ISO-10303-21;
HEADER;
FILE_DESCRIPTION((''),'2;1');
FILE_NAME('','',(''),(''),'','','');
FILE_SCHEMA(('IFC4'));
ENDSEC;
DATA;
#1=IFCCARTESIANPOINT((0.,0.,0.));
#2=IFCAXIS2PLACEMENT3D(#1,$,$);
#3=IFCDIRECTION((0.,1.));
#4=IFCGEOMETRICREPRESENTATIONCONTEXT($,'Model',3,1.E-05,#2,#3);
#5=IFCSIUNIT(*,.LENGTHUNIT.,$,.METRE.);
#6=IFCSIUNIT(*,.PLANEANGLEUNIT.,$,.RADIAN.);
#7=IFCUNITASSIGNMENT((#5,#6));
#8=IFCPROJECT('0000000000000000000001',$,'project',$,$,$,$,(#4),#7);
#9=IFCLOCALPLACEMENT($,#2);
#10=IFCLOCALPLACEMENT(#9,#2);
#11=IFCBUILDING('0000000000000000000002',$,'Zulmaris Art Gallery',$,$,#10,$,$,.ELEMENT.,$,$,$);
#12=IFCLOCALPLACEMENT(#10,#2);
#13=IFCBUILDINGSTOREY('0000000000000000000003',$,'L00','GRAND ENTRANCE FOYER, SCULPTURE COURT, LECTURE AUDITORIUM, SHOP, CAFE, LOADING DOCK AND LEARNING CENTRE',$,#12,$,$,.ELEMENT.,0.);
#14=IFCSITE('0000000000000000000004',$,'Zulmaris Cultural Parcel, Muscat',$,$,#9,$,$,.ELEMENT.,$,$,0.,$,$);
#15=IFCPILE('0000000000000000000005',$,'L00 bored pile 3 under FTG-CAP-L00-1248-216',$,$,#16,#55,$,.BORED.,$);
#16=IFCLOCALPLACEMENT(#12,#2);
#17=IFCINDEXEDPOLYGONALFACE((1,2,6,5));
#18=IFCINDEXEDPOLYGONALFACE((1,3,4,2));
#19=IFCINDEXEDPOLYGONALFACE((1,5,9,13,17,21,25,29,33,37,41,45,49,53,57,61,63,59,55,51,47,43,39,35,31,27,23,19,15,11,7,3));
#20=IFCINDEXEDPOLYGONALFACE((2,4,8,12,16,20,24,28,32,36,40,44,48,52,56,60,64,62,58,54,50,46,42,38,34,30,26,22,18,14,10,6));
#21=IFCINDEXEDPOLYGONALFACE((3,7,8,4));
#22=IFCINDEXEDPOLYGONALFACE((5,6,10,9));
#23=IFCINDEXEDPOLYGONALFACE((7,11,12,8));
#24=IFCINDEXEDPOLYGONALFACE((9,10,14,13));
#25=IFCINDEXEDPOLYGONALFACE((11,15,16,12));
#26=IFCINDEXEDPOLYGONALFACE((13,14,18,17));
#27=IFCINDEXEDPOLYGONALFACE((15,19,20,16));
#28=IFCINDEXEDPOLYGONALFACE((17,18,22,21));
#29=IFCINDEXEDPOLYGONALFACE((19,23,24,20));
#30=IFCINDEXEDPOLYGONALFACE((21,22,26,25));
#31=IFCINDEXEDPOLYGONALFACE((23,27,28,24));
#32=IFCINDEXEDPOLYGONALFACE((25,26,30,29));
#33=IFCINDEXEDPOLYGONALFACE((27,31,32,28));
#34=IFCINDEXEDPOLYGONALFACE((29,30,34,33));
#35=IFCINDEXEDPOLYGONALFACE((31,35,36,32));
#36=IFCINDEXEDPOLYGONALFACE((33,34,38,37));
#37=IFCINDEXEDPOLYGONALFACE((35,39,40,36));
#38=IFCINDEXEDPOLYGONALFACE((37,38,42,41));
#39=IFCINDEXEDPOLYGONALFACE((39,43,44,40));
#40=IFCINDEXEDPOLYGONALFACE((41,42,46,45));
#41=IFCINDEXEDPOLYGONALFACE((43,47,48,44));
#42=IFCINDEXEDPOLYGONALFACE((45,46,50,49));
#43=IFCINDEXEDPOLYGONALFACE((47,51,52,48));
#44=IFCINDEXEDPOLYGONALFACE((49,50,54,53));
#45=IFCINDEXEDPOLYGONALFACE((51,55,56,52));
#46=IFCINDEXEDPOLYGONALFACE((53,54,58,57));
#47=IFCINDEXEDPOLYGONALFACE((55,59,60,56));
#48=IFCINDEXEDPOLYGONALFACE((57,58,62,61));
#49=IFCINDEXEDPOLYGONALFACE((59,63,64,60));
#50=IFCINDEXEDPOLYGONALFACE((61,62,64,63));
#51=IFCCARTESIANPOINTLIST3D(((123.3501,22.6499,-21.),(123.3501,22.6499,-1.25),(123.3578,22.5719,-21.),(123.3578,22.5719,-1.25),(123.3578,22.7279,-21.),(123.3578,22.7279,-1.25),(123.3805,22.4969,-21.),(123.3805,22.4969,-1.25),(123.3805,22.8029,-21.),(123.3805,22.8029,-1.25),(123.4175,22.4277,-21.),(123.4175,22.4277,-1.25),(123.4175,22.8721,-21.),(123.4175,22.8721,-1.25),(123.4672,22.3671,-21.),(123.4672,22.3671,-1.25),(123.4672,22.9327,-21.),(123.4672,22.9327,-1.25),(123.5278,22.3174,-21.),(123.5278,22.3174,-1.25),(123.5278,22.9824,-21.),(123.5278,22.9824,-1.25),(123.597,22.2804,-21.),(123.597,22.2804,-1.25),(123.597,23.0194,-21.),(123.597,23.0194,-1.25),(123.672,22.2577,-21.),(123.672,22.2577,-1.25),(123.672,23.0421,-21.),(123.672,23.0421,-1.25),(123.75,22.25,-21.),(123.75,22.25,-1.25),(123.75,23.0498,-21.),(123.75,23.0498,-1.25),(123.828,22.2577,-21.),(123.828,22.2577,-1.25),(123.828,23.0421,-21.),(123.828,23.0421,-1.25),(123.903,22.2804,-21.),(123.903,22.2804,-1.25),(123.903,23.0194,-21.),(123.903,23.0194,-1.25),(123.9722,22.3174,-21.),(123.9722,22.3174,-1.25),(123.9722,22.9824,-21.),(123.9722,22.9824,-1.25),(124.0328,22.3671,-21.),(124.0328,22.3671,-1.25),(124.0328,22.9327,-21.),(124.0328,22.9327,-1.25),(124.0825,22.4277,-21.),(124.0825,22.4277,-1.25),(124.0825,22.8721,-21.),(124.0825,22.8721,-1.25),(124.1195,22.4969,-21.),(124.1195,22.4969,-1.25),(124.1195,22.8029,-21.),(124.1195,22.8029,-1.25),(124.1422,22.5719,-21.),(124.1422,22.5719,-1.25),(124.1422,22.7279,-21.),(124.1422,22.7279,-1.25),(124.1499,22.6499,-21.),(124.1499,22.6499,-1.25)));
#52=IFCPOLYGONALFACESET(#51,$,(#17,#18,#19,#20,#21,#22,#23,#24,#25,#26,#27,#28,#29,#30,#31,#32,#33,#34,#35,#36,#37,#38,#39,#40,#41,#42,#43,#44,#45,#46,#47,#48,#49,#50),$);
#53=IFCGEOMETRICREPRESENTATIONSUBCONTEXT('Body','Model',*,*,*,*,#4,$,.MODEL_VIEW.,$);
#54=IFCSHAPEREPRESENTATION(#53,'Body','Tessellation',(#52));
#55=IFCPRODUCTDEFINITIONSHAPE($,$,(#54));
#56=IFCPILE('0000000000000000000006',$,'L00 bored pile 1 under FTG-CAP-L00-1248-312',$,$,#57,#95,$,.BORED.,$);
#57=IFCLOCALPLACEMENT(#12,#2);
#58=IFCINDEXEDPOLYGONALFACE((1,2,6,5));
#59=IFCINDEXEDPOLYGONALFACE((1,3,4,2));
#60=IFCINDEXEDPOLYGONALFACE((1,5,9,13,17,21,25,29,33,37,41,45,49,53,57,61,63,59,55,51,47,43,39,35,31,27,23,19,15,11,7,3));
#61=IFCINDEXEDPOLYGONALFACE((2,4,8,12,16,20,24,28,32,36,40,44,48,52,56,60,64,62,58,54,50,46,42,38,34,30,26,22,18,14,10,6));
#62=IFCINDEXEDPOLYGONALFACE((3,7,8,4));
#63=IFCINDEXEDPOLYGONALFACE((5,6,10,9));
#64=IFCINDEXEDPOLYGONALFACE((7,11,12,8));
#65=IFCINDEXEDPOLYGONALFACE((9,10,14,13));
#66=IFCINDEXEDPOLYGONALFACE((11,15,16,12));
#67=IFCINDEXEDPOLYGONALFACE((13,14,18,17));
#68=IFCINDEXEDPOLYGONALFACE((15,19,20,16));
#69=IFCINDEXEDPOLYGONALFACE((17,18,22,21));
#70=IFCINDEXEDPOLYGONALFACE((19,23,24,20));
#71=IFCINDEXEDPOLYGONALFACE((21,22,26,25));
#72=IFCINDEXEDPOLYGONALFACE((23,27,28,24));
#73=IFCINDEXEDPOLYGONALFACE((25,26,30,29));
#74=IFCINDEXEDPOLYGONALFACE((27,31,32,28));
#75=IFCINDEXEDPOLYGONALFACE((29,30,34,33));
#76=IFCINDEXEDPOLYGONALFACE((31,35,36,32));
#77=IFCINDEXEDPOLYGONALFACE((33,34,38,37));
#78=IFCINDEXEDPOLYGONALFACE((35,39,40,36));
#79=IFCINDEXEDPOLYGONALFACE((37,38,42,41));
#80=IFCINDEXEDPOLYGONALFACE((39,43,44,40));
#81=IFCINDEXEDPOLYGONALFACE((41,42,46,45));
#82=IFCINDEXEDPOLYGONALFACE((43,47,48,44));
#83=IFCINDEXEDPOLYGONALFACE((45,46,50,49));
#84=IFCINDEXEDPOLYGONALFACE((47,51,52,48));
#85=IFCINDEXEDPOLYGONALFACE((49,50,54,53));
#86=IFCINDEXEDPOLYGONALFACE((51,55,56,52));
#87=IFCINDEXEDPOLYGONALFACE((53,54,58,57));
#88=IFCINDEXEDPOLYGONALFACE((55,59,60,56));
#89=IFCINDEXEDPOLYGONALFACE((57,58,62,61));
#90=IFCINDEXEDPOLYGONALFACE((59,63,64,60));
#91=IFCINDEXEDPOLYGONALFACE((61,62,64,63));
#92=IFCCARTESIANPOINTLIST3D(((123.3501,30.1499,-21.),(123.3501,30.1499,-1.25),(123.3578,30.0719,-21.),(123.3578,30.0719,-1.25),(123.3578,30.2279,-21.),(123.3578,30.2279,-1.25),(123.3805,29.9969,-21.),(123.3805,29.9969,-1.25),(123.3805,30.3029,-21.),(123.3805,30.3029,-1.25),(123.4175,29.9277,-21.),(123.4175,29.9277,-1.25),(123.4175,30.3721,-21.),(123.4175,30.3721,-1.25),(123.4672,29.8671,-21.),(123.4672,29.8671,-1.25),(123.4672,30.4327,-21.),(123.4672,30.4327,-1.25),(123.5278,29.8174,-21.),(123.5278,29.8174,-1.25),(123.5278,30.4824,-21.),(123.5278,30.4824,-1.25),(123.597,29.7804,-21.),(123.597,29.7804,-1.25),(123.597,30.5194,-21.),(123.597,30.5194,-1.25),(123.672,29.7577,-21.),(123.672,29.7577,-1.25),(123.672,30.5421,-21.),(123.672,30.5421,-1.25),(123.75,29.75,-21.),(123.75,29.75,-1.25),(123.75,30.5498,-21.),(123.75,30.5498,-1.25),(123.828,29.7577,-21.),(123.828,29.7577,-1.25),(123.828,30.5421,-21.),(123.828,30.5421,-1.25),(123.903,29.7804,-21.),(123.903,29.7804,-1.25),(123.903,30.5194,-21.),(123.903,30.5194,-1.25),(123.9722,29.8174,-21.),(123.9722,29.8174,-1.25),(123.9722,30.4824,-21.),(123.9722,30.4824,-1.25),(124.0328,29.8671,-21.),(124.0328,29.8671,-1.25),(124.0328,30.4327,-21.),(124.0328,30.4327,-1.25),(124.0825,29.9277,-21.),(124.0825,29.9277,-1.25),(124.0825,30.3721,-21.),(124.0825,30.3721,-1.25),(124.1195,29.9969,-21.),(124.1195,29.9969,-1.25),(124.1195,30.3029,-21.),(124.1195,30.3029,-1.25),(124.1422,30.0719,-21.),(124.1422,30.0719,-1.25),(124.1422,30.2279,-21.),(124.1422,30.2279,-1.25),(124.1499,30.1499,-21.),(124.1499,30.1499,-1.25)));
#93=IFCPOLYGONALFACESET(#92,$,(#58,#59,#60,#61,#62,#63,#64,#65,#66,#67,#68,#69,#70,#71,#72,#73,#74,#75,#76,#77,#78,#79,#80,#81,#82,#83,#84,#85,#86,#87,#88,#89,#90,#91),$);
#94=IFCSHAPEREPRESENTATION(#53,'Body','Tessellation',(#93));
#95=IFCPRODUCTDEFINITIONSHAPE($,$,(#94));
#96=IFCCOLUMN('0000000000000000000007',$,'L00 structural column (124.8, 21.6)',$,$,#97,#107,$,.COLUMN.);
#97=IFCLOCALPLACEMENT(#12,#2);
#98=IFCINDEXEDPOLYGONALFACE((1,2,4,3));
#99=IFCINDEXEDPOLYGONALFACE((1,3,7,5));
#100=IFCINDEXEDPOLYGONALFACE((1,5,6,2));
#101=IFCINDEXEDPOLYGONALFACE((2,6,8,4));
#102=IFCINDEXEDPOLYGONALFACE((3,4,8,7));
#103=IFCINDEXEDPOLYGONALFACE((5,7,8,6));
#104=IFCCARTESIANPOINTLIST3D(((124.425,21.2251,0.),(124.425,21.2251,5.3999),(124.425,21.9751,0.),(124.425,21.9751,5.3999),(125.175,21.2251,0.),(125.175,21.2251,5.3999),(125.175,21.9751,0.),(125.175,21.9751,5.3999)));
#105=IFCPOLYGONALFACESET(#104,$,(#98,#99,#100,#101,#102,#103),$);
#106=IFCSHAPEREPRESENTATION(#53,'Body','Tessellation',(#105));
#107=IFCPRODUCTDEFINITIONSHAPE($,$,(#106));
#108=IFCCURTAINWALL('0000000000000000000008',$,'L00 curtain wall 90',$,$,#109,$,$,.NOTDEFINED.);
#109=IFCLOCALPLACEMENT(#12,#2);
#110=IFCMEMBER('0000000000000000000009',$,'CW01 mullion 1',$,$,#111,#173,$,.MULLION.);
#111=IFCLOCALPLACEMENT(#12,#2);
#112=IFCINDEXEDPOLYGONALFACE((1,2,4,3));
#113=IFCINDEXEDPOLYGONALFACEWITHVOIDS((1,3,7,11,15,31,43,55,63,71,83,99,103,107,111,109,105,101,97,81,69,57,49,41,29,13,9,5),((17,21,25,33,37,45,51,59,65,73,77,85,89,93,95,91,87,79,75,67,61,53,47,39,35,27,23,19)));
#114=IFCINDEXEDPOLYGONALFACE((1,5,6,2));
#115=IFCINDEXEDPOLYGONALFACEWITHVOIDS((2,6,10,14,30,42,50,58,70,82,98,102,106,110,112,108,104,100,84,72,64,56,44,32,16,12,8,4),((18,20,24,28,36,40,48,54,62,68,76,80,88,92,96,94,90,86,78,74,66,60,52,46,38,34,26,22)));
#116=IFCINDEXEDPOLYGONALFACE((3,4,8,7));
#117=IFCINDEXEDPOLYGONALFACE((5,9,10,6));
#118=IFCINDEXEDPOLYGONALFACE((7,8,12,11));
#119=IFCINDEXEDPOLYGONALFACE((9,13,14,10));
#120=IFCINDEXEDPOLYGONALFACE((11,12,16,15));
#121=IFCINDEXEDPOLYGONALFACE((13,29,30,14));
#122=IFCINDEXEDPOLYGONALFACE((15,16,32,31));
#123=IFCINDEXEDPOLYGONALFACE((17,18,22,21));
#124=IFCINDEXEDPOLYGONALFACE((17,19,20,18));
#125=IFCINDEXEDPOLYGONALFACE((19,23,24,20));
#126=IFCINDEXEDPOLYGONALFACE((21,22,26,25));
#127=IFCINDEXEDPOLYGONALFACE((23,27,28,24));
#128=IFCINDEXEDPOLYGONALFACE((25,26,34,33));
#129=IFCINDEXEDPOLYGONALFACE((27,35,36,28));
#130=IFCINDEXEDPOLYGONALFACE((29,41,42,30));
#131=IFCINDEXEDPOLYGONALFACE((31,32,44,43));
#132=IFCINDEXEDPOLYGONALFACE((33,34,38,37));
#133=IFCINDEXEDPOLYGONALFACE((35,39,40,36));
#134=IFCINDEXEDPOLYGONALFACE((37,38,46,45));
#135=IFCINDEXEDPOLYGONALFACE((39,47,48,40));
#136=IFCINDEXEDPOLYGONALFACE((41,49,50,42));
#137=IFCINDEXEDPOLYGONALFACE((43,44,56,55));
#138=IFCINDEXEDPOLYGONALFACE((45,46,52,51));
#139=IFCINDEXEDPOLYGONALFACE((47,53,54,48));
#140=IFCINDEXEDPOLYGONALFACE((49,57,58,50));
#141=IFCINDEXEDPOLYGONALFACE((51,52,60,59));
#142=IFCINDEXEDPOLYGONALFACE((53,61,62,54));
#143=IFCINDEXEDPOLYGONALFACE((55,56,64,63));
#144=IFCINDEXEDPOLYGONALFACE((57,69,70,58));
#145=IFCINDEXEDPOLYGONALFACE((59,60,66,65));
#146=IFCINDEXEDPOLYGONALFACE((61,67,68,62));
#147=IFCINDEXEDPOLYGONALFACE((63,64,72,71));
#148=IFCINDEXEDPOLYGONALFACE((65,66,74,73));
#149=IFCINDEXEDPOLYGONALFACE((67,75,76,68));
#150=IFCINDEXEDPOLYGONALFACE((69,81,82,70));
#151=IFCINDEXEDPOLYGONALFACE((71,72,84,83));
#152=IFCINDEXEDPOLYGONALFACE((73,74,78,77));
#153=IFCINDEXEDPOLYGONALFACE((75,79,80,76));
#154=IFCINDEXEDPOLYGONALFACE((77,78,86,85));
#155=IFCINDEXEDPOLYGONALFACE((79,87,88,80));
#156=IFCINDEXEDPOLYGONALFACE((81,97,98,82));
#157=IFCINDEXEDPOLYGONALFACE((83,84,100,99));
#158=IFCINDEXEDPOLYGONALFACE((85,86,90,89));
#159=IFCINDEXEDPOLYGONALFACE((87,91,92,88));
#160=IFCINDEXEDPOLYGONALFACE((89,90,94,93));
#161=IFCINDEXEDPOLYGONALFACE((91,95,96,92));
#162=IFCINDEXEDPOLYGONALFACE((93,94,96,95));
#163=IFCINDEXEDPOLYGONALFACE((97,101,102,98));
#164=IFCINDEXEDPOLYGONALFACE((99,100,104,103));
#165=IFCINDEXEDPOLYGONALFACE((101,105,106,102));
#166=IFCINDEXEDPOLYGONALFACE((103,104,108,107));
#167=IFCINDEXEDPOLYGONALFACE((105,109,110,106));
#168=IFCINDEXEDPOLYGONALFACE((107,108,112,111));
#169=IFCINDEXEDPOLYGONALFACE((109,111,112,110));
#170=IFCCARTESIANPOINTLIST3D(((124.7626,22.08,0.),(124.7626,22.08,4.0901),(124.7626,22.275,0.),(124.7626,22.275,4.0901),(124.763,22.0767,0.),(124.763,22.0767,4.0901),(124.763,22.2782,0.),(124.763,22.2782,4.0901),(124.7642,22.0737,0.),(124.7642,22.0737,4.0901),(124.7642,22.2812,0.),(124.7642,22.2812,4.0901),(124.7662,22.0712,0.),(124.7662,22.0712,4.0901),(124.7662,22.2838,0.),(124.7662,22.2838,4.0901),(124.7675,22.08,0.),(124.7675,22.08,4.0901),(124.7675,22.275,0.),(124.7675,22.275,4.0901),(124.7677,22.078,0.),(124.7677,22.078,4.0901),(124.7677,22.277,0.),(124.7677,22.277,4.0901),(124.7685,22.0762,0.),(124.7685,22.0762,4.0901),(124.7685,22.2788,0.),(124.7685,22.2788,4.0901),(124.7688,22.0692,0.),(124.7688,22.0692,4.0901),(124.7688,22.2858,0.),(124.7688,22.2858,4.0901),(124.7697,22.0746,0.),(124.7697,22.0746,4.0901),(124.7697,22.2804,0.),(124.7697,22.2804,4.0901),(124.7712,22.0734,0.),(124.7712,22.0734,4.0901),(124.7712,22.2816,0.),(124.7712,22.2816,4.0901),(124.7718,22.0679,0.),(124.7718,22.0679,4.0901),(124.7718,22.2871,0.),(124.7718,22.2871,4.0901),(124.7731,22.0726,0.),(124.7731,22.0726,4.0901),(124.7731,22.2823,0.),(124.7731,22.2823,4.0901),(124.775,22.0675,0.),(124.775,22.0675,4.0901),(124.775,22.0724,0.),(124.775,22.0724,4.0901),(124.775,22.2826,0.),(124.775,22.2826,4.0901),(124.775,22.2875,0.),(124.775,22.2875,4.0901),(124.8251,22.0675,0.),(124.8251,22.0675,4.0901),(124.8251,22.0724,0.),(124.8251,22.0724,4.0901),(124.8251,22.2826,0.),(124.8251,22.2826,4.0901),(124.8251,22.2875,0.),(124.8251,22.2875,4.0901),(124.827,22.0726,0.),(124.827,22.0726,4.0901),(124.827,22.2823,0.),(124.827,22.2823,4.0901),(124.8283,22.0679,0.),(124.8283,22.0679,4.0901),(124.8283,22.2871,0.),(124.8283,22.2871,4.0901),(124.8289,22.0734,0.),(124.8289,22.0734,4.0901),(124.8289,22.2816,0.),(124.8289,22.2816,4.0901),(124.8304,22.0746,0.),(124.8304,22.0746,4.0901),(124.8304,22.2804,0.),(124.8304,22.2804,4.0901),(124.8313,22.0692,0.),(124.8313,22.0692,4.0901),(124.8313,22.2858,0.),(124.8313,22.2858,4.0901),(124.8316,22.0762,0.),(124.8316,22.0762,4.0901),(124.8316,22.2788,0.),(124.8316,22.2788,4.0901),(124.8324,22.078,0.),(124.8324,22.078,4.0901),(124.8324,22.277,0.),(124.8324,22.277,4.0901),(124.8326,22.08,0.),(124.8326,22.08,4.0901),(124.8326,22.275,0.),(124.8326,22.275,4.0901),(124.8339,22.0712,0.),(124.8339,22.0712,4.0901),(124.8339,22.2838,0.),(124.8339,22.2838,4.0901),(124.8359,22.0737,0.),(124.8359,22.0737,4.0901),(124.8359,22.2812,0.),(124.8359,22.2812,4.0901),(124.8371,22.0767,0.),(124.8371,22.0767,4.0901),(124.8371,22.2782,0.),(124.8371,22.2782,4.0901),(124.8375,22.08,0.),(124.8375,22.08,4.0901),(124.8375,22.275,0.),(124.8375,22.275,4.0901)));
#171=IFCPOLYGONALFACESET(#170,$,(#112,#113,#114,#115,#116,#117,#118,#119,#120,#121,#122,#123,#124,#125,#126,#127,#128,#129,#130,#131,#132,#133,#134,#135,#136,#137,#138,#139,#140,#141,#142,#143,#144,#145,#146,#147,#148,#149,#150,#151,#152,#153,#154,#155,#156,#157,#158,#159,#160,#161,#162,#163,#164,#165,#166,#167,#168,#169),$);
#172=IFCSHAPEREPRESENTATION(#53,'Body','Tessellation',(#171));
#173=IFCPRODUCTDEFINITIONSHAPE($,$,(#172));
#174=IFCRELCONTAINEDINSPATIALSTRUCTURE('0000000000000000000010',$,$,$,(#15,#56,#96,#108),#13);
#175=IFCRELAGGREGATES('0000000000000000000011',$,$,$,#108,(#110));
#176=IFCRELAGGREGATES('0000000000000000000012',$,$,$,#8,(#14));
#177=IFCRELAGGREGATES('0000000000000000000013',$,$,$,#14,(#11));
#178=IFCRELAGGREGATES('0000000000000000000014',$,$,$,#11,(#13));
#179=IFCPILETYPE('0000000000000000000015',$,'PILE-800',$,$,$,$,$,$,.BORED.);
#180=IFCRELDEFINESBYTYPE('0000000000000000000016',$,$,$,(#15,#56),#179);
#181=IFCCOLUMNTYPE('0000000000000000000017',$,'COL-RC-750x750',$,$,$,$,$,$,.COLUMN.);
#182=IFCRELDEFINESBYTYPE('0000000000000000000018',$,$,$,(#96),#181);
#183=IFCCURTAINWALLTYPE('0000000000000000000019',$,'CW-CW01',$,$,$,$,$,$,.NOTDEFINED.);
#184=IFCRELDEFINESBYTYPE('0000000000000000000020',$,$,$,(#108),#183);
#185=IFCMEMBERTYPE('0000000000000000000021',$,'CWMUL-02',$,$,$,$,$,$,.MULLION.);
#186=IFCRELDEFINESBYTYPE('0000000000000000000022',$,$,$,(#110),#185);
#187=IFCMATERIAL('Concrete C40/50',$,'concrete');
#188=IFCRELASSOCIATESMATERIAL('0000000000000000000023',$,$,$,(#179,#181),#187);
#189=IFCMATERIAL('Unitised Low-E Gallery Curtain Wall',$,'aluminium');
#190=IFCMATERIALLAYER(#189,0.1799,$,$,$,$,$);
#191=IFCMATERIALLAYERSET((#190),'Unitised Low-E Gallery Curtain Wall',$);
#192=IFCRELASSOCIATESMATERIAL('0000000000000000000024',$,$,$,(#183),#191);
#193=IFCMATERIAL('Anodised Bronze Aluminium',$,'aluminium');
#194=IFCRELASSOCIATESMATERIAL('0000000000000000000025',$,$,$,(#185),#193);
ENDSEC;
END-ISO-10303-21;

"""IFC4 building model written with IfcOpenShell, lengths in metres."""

from ifc_helpers import new_model, si_unit, direction, frame, origin, origin_2d, place, context, subcontext, project, spatial, rectangle, hollow_rectangle, circle, extrude, material, layer, layer_set, material_profile, profile_set, type_object, element, aggregate, save


model = new_model("IFC4")

# Units and contexts
model_context = context("Model", 3, precision=1e-05, world=origin(), true_north=direction((0.0, 1.0)))
body_context = subcontext(model_context, "Body", "Model", "MODEL_VIEW")
ifc_project = project(units=[si_unit("LENGTHUNIT", "METRE"), si_unit("PLANEANGLEUNIT", "RADIAN")], contexts=[model_context])

# Site, building, storey
site_placement = place(None, origin())
site = spatial("IfcSite", under=ifc_project, at=site_placement, Name="Zulmaris Cultural Parcel, Muscat", CompositionType="ELEMENT", RefElevation=0.0)
building_placement = place(site_placement, origin())
building = spatial("IfcBuilding", under=site, at=building_placement, Name="Zulmaris Art Gallery", CompositionType="ELEMENT")
storey_placement = place(building_placement, origin())
storey = spatial("IfcBuildingStorey", under=building, at=storey_placement, Name="L00", Description="GRAND ENTRANCE FOYER, SCULPTURE COURT, LECTURE AUDITORIUM, SHOP, CAFE, LOADING DOCK AND LEARNING CENTRE", CompositionType="ELEMENT", Elevation=0.0)

# Piles
ifc_material_1 = material(Name="Concrete C40/50", Category="concrete")
ifc_material_profile_1 = material_profile(ifc_material_1, circle(Radius=0.3999, at=origin_2d()), Name="PILE DIA 800")
ifc_profile_set_1 = profile_set([ifc_material_profile_1], Name="Concrete C40/50")
pile_type = type_object("IfcPileType", Name="PILE-800", PredefinedType="BORED", material=ifc_profile_set_1)
for number, where, z_axis, x_axis, name in (
    (1, (123.75, 22.6499, -1.25), (0.0, 0.0, -1.0), (1.0, 0.0, 0.0), "L00 bored pile 3 under FTG-CAP-L00-1248-216"),
    (2, (123.75, 30.1499, -1.25), (0.0, 0.0, -1.0), (1.0, 0.0, 0.0), "L00 bored pile 1 under FTG-CAP-L00-1248-312"),
):
    element("IfcPile", number, at=place(storey_placement, frame(where, z_axis=z_axis, x_axis=x_axis)), inside=storey, type_object=pile_type, Name=name, PredefinedType="BORED", context=body_context, shape_type="SweptSolid", body=[
        extrude(circle(Radius=0.3999, at=origin_2d()), origin(), (0.0, 0.0, 1.0), 19.75),
    ])

# Column
ifc_material_profile_2 = material_profile(ifc_material_1, rectangle(XDim=0.75, YDim=0.75, at=origin_2d()), Name="RC 750x750")
ifc_profile_set_2 = profile_set([ifc_material_profile_2], Name="Concrete C40/50")
column_type = type_object("IfcColumnType", Name="COL-RC-750x750", PredefinedType="COLUMN", material=ifc_profile_set_2)
column_placement = place(storey_placement, frame((124.8, 21.6001, 0.0), z_axis=(0.0, 0.0, 1.0), x_axis=(1.0, 0.0, 0.0)))
element("IfcColumn", 3, at=column_placement, inside=storey, type_object=column_type, Name="L00 structural column (124.8, 21.6)", PredefinedType="COLUMN", context=body_context, shape_type="SweptSolid", body=[
    extrude(rectangle(XDim=0.75, YDim=0.75, at=origin_2d()), origin(), (0.0, 0.0, 1.0), 5.3999),
])

# Curtain wall, member
ifc_material_2 = material(Name="Unitised Low-E Gallery Curtain Wall", Category="aluminium")
ifc_layer_1 = layer(ifc_material_2, 0.1799)
ifc_layer_set_1 = layer_set([ifc_layer_1], Name="Unitised Low-E Gallery Curtain Wall")
curtain_wall_type_1 = type_object("IfcCurtainWallType", Name="CW-CW01", PredefinedType="NOTDEFINED", material=ifc_layer_set_1)
curtain_wall_1_placement = place(storey_placement, origin())
curtain_wall_1 = element("IfcCurtainWall", 4, at=curtain_wall_1_placement, inside=storey, type_object=curtain_wall_type_1, Name="L00 curtain wall 90", PredefinedType="NOTDEFINED")
ifc_material_3 = material(Name="Anodised Bronze Aluminium", Category="aluminium")
ifc_material_profile_3 = material_profile(ifc_material_3, hollow_rectangle(XDim=0.075, YDim=0.22, WallThickness=0.0049, InnerFilletRadius=0.0076, OuterFilletRadius=0.0125, at=origin_2d()), Name="ALU 75x220x5")
ifc_profile_set_3 = profile_set([ifc_material_profile_3], Name="Anodised Bronze Aluminium")
member_type_1 = type_object("IfcMemberType", Name="CWMUL-02", PredefinedType="MULLION", material=ifc_profile_set_3)
member_1_placement = place(storey_placement, frame((124.8, 22.1775, 0.0), z_axis=(0.0, 0.0, 1.0), x_axis=(-1.0, 0.0, 0.0)))
member_1 = element("IfcMember", 5, at=member_1_placement, type_object=member_type_1, Name="CW01 mullion 1", PredefinedType="MULLION", context=body_context, shape_type="SweptSolid", body=[
    extrude(hollow_rectangle(XDim=0.075, YDim=0.22, WallThickness=0.0049, InnerFilletRadius=0.0076, OuterFilletRadius=0.0125, at=origin_2d()), origin(), (0.0, 0.0, 1.0), 4.0901),
])

aggregate(curtain_wall_1, [member_1])

save(model, "model.ifc")
